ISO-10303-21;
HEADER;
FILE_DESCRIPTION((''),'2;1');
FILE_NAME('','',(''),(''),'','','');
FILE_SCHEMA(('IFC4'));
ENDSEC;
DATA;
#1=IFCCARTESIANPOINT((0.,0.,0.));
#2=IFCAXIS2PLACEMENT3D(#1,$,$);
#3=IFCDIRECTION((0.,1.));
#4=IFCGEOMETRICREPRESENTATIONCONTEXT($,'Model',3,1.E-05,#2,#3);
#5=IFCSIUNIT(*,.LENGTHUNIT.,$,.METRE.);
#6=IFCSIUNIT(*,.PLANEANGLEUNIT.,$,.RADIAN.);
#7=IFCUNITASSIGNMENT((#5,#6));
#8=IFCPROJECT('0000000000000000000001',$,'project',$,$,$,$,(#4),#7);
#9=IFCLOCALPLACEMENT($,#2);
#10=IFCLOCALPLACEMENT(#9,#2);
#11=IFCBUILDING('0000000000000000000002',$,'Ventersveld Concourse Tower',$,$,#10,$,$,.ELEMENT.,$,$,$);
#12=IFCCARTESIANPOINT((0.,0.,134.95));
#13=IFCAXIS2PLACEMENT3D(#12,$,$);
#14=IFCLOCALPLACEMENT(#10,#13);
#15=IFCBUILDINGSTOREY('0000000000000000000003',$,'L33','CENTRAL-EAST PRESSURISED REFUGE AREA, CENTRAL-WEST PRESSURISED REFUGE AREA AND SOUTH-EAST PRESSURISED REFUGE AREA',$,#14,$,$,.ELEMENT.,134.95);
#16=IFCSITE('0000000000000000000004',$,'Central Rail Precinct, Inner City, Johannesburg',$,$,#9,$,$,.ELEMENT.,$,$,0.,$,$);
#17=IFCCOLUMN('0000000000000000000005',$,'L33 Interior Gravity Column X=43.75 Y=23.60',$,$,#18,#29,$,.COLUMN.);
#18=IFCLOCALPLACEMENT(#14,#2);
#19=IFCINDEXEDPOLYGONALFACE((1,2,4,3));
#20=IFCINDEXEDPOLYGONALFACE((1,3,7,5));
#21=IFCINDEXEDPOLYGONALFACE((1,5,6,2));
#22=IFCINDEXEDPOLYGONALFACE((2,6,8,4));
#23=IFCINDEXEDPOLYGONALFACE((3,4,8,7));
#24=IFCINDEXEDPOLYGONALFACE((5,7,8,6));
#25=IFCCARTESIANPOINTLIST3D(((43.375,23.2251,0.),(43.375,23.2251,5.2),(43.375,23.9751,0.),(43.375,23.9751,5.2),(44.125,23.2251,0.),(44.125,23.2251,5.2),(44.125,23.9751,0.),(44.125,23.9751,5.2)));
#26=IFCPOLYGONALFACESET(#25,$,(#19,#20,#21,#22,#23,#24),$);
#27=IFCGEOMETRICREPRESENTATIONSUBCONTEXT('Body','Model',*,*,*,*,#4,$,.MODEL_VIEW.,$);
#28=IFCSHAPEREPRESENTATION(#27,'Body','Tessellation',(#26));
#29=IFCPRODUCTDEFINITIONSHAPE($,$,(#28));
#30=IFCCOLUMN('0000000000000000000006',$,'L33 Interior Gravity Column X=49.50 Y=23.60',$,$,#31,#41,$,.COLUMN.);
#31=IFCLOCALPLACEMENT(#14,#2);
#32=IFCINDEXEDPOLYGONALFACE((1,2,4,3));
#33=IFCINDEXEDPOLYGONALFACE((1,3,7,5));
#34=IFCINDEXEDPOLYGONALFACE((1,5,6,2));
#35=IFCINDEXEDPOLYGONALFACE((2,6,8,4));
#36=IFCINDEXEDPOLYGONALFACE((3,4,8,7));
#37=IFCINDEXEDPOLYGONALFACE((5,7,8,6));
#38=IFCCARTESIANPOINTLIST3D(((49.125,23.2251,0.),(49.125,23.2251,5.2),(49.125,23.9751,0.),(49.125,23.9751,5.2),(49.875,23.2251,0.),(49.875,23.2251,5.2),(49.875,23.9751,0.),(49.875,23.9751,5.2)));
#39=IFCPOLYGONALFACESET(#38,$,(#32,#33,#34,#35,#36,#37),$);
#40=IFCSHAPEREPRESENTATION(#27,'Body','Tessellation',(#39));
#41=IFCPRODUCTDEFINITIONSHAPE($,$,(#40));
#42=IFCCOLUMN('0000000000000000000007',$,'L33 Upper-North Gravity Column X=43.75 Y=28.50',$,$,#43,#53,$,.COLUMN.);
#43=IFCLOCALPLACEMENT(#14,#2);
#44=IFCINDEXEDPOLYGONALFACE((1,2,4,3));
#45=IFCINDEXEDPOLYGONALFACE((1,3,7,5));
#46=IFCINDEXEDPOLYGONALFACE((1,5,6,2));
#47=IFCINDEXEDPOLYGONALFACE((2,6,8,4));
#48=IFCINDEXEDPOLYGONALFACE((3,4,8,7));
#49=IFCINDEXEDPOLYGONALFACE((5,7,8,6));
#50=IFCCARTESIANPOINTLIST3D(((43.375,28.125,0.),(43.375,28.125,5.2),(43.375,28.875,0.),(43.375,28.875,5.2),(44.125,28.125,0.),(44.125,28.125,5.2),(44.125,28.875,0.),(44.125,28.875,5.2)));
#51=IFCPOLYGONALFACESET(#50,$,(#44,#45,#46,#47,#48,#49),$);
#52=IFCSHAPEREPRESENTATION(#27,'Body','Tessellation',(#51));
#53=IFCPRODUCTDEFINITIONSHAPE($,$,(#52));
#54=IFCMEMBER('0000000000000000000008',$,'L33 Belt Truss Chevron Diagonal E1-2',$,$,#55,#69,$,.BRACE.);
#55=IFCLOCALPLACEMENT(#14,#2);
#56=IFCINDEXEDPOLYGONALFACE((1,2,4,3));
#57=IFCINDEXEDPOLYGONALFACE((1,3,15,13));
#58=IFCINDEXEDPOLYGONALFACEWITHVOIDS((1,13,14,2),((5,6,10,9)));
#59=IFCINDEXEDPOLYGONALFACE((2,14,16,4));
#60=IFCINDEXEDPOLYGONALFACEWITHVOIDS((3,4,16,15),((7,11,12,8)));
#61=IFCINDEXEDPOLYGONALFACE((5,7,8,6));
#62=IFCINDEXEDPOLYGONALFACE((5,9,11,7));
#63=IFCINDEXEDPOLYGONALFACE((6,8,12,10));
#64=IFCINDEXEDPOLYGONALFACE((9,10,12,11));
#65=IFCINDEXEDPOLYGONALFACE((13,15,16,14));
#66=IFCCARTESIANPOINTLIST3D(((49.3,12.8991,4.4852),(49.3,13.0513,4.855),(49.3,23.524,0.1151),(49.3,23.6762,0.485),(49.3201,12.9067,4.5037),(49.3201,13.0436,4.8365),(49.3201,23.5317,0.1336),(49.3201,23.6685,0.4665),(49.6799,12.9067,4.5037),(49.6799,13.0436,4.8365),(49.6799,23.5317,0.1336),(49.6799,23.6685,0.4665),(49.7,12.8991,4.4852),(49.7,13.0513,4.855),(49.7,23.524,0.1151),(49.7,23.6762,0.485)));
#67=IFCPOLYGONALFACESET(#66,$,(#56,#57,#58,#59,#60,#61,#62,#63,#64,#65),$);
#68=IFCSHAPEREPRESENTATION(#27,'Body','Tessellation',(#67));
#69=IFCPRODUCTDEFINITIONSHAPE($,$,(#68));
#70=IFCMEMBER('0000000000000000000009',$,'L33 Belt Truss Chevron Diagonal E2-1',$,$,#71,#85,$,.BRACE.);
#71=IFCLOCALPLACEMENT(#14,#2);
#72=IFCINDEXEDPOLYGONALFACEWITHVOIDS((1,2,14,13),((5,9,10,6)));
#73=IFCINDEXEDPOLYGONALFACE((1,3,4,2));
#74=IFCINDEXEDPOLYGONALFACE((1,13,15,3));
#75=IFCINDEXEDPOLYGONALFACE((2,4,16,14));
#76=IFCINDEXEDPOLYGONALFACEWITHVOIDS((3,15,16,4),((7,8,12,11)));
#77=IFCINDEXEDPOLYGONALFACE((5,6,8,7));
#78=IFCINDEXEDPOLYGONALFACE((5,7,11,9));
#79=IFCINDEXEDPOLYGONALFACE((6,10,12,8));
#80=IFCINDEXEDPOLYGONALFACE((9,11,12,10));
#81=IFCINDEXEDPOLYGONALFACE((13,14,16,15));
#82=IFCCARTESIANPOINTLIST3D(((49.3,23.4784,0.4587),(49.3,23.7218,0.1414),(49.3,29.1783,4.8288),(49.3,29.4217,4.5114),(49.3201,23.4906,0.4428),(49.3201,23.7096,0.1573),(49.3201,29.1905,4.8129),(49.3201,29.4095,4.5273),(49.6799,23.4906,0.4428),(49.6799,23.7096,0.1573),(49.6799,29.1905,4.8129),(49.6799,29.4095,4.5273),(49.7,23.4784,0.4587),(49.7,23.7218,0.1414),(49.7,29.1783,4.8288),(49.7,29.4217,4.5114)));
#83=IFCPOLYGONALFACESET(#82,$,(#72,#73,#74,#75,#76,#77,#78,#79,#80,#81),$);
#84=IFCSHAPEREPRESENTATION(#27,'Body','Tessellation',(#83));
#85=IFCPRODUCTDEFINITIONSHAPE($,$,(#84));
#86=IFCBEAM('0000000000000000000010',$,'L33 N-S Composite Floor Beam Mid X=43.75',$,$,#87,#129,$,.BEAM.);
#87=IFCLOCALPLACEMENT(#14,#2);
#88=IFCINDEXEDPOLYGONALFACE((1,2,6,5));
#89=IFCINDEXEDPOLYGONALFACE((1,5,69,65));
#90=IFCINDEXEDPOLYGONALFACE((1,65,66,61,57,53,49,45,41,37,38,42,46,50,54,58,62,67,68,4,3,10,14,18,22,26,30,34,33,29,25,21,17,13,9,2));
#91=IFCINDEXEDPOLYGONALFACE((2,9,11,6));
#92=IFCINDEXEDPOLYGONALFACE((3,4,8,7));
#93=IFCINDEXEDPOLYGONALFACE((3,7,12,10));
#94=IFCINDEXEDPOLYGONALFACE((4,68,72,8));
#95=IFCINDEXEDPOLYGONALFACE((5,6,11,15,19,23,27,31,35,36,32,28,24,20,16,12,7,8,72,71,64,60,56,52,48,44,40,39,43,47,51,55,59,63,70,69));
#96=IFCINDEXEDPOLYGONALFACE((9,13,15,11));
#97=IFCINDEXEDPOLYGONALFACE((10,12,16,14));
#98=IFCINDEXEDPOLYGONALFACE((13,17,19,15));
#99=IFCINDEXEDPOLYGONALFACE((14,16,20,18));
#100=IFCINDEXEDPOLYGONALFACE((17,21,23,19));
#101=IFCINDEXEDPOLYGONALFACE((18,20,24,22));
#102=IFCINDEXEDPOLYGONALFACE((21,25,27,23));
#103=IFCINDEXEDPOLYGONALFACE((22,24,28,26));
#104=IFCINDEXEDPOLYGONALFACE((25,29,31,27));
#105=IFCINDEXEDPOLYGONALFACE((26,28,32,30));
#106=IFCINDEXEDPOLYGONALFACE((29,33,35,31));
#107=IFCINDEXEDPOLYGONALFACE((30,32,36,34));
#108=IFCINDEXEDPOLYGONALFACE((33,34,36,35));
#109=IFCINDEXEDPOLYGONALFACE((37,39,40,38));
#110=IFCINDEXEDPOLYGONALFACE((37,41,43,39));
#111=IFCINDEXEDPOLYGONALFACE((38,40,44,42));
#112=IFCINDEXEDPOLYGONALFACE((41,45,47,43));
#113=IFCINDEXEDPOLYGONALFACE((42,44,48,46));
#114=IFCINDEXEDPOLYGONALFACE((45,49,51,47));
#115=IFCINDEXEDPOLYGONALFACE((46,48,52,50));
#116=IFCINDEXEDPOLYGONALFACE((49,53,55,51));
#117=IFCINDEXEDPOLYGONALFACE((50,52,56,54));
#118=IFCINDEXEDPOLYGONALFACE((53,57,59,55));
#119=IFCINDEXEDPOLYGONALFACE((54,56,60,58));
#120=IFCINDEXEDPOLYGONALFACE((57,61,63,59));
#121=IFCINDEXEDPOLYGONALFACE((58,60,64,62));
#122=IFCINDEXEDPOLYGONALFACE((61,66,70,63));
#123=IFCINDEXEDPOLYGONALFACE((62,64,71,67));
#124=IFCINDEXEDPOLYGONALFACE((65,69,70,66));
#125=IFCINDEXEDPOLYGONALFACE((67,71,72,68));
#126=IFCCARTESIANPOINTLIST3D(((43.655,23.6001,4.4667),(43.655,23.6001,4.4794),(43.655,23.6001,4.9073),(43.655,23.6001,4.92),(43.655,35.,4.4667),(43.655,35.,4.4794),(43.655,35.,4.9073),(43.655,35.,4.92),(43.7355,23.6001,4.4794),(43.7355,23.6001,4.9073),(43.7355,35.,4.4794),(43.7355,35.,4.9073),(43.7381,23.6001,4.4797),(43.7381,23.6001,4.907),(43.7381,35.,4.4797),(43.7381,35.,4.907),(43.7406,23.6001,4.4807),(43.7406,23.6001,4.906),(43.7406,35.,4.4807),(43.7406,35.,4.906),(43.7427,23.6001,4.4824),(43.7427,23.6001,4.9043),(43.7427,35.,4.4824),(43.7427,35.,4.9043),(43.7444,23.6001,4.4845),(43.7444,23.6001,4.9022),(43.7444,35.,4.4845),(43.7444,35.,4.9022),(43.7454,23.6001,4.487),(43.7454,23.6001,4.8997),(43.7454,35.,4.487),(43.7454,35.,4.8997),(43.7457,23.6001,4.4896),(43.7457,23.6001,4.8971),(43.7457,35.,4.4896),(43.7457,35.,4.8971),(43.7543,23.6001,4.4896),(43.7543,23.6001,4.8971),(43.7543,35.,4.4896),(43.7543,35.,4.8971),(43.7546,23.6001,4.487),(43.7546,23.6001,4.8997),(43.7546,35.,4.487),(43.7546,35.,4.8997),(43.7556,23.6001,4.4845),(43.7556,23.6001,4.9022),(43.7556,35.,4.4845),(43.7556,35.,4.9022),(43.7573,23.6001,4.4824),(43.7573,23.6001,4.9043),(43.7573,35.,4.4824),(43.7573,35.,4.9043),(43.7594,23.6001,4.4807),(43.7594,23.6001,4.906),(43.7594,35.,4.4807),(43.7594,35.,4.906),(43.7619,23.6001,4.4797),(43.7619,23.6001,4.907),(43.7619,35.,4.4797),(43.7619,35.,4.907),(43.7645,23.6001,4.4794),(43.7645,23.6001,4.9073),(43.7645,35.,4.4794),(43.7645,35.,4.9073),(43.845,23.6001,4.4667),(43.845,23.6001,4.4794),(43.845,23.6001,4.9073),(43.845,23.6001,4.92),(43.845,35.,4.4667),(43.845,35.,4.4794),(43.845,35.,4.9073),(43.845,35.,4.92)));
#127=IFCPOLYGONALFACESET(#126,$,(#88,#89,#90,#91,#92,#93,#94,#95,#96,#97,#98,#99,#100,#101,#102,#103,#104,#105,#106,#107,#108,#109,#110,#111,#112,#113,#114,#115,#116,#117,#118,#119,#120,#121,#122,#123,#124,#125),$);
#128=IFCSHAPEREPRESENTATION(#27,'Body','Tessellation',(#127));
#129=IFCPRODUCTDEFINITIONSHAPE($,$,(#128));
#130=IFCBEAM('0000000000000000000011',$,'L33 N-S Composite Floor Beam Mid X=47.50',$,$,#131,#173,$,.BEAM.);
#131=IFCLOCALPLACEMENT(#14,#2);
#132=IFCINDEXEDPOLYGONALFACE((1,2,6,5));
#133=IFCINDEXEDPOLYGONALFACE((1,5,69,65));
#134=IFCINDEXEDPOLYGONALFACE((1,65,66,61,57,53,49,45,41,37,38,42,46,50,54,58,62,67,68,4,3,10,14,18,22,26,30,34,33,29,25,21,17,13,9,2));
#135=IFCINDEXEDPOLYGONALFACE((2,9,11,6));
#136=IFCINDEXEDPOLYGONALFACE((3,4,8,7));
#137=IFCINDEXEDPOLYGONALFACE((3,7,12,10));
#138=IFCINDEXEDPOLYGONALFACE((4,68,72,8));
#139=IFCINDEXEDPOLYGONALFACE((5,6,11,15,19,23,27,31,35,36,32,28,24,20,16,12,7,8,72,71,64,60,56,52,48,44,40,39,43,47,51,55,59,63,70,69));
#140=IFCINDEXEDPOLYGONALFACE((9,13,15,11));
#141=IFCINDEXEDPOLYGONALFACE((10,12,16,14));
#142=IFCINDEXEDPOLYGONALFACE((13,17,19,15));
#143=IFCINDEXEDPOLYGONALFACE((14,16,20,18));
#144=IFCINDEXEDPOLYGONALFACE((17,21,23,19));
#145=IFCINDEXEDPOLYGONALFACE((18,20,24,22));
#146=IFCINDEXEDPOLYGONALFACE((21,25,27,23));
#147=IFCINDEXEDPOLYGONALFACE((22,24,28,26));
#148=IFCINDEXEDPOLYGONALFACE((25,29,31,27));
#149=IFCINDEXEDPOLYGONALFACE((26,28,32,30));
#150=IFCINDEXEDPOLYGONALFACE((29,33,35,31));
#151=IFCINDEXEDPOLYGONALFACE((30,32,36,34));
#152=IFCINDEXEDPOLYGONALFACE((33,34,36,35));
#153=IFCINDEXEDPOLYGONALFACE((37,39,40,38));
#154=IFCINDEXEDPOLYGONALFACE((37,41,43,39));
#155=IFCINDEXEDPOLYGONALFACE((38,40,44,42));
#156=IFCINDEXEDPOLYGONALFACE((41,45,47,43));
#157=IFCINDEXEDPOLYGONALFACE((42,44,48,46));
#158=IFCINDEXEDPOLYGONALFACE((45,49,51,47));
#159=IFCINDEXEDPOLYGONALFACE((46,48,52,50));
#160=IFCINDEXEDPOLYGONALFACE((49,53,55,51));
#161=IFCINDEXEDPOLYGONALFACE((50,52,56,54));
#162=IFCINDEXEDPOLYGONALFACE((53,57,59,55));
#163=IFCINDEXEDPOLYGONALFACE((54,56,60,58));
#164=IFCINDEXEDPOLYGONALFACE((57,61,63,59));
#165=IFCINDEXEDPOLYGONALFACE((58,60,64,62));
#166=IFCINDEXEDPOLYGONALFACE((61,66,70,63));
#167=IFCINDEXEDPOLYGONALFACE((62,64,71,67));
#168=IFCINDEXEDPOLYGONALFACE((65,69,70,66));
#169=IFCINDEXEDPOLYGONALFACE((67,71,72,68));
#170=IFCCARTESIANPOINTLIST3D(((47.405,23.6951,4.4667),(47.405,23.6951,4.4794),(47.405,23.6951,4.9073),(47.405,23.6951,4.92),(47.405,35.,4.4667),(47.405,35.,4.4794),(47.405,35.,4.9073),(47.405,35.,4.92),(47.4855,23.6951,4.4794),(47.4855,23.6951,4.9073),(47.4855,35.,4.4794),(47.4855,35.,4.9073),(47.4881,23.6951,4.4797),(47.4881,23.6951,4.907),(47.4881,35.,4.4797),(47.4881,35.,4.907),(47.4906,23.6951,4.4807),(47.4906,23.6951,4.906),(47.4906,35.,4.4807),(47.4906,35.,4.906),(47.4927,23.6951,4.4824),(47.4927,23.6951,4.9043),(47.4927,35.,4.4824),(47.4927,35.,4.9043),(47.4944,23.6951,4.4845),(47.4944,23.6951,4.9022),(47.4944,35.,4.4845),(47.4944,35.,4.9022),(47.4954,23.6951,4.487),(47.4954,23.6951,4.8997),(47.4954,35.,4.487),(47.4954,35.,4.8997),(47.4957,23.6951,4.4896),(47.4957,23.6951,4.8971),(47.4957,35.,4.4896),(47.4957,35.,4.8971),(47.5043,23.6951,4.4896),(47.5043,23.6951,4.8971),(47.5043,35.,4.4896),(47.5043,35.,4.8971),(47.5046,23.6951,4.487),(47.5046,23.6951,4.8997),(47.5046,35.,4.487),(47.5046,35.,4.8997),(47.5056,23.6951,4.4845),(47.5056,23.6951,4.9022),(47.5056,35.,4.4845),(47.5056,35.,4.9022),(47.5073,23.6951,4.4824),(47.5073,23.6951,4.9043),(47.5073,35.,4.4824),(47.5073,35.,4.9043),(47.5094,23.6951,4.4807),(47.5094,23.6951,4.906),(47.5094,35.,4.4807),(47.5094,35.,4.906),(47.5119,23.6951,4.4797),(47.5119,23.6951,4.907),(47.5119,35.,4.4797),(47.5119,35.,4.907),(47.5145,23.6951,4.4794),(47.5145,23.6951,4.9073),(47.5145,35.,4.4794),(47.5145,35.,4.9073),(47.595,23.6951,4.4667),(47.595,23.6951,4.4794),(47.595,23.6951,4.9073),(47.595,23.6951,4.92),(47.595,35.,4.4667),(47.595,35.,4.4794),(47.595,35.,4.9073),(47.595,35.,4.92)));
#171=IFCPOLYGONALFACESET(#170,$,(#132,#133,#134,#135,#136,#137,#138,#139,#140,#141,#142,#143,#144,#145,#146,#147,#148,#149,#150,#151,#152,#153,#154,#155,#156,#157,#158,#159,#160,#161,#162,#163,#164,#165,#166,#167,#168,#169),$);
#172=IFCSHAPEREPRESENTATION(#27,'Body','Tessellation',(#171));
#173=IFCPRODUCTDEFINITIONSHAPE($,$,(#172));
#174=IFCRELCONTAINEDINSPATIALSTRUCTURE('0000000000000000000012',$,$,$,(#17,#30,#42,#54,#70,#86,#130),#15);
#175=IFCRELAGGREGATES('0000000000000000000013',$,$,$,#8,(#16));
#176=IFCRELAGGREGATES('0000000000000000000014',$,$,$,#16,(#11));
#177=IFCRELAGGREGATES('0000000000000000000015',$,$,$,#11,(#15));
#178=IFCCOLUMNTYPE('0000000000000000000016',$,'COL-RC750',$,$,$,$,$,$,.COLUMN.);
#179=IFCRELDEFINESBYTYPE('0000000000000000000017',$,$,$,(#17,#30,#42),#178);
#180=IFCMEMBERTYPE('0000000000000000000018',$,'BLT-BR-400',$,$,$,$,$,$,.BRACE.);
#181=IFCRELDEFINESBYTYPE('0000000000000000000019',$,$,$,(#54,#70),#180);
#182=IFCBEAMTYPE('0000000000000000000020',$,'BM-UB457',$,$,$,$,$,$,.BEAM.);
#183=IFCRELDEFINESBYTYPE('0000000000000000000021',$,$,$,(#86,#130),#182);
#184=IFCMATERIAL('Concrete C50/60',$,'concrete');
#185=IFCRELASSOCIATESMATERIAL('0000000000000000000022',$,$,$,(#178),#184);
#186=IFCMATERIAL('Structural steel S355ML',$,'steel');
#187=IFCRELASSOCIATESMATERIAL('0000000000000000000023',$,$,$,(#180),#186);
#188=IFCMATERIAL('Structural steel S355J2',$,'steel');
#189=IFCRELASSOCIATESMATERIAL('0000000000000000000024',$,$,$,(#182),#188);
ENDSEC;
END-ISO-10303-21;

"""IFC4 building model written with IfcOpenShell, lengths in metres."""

from ifc_helpers import new_model, si_unit, direction, frame, origin, origin_2d, place, context, subcontext, project, spatial, rectangle, hollow_rectangle, i_section, extrude, material, material_profile, profile_set, type_object, element, save


model = new_model("IFC4")

# Units and contexts
model_context = context("Model", 3, precision=1e-05, world=origin(), true_north=direction((0.0, 1.0)))
body_context = subcontext(model_context, "Body", "Model", "MODEL_VIEW")
ifc_project = project(units=[si_unit("LENGTHUNIT", "METRE"), si_unit("PLANEANGLEUNIT", "RADIAN")], contexts=[model_context])

# Site, building, storey
site_placement = place(None, origin())
site = spatial("IfcSite", under=ifc_project, at=site_placement, Name="Central Rail Precinct, Inner City, Johannesburg", CompositionType="ELEMENT", RefElevation=0.0)
building_placement = place(site_placement, origin())
building = spatial("IfcBuilding", under=site, at=building_placement, Name="Ventersveld Concourse Tower", CompositionType="ELEMENT")
storey_placement = place(building_placement, frame((0.0, 0.0, 134.95)))
storey = spatial("IfcBuildingStorey", under=building, at=storey_placement, Name="L33", Description="CENTRAL-EAST PRESSURISED REFUGE AREA, CENTRAL-WEST PRESSURISED REFUGE AREA AND SOUTH-EAST PRESSURISED REFUGE AREA", CompositionType="ELEMENT", Elevation=134.95)

# Columns
ifc_material_1 = material(Name="Concrete C50/60", Category="concrete")
ifc_material_profile_1 = material_profile(ifc_material_1, rectangle(XDim=0.75, YDim=0.75, at=origin_2d()), Name="RC 750x750")
ifc_profile_set_1 = profile_set([ifc_material_profile_1], Name="Concrete C50/60")
column_type = type_object("IfcColumnType", Name="COL-RC750", PredefinedType="COLUMN", material=ifc_profile_set_1)
for number, where, z_axis, x_axis, name in (
    (1, (43.75, 23.6001, 0.0), (0.0, 0.0, 1.0), (1.0, 0.0, 0.0), "L33 Interior Gravity Column X=43.75 Y=23.60"),
    (2, (49.5, 23.6001, 0.0), (0.0, 0.0, 1.0), (1.0, 0.0, 0.0), "L33 Interior Gravity Column X=49.50 Y=23.60"),
    (3, (43.75, 28.5, 0.0), (0.0, 0.0, 1.0), (1.0, 0.0, 0.0), "L33 Upper-North Gravity Column X=43.75 Y=28.50"),
):
    element("IfcColumn", number, at=place(storey_placement, frame(where, z_axis=z_axis, x_axis=x_axis)), inside=storey, type_object=column_type, Name=name, PredefinedType="COLUMN", context=body_context, shape_type="SweptSolid", body=[
        extrude(rectangle(XDim=0.75, YDim=0.75, at=origin_2d()), origin(), (0.0, 0.0, 1.0), 5.2),
    ])

# Members
ifc_material_2 = material(Name="Structural steel S355ML", Category="steel")
ifc_material_profile_2 = material_profile(ifc_material_2, hollow_rectangle(XDim=0.3999, YDim=0.3999, WallThickness=0.02, at=origin_2d()), Name="SHS 400x400x20")
ifc_profile_set_2 = profile_set([ifc_material_profile_2], Name="Structural steel S355ML")
member_type_1 = type_object("IfcMemberType", Name="BLT-BR-400", PredefinedType="BRACE", material=ifc_profile_set_2)
member_1_placement = place(storey_placement, frame((49.5, 23.6001, 0.3), z_axis=(0.0, -0.924828, 0.380386), x_axis=(1.0, 0.0, 0.0)))
element("IfcMember", 4, at=member_1_placement, inside=storey, type_object=member_type_1, Name="L33 Belt Truss Chevron Diagonal E1-2", PredefinedType="BRACE", context=body_context, shape_type="SweptSolid", body=[
    extrude(hollow_rectangle(XDim=0.3999, YDim=0.3999, WallThickness=0.02, at=origin_2d()), origin(), (0.0, 0.0, 1.0), 11.4885),
])
member_2_placement = place(storey_placement, frame((49.5, 23.6001, 0.3), z_axis=(0.0, 0.793596, 0.608445), x_axis=(-1.0, 0.0, 0.0)))
element("IfcMember", 5, at=member_2_placement, inside=storey, type_object=member_type_1, Name="L33 Belt Truss Chevron Diagonal E2-1", PredefinedType="BRACE", context=body_context, shape_type="SweptSolid", body=[
    extrude(hollow_rectangle(XDim=0.3999, YDim=0.3999, WallThickness=0.02, at=origin_2d()), origin(), (0.0, 0.0, 1.0), 7.1824),
])

# Beams
ifc_material_3 = material(Name="Structural steel S355J2", Category="steel")
ifc_material_profile_3 = material_profile(ifc_material_3, i_section(OverallWidth=0.1899, OverallDepth=0.4534, WebThickness=0.0085, FlangeThickness=0.0127, FilletRadius=0.0103, at=origin_2d()), Name="UB 457x191x67")
ifc_profile_set_3 = profile_set([ifc_material_profile_3], Name="Structural steel S355J2")
beam_type_1 = type_object("IfcBeamType", Name="BM-UB457", PredefinedType="BEAM", material=ifc_profile_set_3)
beam_1_placement = place(storey_placement, frame((43.75, 23.6001, 4.6934), z_axis=(0.0, 1.0, 0.0), x_axis=(-1.0, 0.0, 0.0)))
element("IfcBeam", 6, at=beam_1_placement, inside=storey, type_object=beam_type_1, Name="L33 N-S Composite Floor Beam Mid X=43.75", PredefinedType="BEAM", context=body_context, shape_type="SweptSolid", body=[
    extrude(i_section(OverallWidth=0.1899, OverallDepth=0.4534, WebThickness=0.0085, FlangeThickness=0.0127, FilletRadius=0.0103, at=origin_2d()), origin(), (0.0, 0.0, 1.0), 11.3999),
])
beam_2_placement = place(storey_placement, frame((47.5, 23.6951, 4.6934), z_axis=(0.0, 1.0, 0.0), x_axis=(-1.0, 0.0, 0.0)))
element("IfcBeam", 7, at=beam_2_placement, inside=storey, type_object=beam_type_1, Name="L33 N-S Composite Floor Beam Mid X=47.50", PredefinedType="BEAM", context=body_context, shape_type="SweptSolid", body=[
    extrude(i_section(OverallWidth=0.1899, OverallDepth=0.4534, WebThickness=0.0085, FlangeThickness=0.0127, FilletRadius=0.0103, at=origin_2d()), origin(), (0.0, 0.0, 1.0), 11.3049),
])

save(model, "model.ifc")
